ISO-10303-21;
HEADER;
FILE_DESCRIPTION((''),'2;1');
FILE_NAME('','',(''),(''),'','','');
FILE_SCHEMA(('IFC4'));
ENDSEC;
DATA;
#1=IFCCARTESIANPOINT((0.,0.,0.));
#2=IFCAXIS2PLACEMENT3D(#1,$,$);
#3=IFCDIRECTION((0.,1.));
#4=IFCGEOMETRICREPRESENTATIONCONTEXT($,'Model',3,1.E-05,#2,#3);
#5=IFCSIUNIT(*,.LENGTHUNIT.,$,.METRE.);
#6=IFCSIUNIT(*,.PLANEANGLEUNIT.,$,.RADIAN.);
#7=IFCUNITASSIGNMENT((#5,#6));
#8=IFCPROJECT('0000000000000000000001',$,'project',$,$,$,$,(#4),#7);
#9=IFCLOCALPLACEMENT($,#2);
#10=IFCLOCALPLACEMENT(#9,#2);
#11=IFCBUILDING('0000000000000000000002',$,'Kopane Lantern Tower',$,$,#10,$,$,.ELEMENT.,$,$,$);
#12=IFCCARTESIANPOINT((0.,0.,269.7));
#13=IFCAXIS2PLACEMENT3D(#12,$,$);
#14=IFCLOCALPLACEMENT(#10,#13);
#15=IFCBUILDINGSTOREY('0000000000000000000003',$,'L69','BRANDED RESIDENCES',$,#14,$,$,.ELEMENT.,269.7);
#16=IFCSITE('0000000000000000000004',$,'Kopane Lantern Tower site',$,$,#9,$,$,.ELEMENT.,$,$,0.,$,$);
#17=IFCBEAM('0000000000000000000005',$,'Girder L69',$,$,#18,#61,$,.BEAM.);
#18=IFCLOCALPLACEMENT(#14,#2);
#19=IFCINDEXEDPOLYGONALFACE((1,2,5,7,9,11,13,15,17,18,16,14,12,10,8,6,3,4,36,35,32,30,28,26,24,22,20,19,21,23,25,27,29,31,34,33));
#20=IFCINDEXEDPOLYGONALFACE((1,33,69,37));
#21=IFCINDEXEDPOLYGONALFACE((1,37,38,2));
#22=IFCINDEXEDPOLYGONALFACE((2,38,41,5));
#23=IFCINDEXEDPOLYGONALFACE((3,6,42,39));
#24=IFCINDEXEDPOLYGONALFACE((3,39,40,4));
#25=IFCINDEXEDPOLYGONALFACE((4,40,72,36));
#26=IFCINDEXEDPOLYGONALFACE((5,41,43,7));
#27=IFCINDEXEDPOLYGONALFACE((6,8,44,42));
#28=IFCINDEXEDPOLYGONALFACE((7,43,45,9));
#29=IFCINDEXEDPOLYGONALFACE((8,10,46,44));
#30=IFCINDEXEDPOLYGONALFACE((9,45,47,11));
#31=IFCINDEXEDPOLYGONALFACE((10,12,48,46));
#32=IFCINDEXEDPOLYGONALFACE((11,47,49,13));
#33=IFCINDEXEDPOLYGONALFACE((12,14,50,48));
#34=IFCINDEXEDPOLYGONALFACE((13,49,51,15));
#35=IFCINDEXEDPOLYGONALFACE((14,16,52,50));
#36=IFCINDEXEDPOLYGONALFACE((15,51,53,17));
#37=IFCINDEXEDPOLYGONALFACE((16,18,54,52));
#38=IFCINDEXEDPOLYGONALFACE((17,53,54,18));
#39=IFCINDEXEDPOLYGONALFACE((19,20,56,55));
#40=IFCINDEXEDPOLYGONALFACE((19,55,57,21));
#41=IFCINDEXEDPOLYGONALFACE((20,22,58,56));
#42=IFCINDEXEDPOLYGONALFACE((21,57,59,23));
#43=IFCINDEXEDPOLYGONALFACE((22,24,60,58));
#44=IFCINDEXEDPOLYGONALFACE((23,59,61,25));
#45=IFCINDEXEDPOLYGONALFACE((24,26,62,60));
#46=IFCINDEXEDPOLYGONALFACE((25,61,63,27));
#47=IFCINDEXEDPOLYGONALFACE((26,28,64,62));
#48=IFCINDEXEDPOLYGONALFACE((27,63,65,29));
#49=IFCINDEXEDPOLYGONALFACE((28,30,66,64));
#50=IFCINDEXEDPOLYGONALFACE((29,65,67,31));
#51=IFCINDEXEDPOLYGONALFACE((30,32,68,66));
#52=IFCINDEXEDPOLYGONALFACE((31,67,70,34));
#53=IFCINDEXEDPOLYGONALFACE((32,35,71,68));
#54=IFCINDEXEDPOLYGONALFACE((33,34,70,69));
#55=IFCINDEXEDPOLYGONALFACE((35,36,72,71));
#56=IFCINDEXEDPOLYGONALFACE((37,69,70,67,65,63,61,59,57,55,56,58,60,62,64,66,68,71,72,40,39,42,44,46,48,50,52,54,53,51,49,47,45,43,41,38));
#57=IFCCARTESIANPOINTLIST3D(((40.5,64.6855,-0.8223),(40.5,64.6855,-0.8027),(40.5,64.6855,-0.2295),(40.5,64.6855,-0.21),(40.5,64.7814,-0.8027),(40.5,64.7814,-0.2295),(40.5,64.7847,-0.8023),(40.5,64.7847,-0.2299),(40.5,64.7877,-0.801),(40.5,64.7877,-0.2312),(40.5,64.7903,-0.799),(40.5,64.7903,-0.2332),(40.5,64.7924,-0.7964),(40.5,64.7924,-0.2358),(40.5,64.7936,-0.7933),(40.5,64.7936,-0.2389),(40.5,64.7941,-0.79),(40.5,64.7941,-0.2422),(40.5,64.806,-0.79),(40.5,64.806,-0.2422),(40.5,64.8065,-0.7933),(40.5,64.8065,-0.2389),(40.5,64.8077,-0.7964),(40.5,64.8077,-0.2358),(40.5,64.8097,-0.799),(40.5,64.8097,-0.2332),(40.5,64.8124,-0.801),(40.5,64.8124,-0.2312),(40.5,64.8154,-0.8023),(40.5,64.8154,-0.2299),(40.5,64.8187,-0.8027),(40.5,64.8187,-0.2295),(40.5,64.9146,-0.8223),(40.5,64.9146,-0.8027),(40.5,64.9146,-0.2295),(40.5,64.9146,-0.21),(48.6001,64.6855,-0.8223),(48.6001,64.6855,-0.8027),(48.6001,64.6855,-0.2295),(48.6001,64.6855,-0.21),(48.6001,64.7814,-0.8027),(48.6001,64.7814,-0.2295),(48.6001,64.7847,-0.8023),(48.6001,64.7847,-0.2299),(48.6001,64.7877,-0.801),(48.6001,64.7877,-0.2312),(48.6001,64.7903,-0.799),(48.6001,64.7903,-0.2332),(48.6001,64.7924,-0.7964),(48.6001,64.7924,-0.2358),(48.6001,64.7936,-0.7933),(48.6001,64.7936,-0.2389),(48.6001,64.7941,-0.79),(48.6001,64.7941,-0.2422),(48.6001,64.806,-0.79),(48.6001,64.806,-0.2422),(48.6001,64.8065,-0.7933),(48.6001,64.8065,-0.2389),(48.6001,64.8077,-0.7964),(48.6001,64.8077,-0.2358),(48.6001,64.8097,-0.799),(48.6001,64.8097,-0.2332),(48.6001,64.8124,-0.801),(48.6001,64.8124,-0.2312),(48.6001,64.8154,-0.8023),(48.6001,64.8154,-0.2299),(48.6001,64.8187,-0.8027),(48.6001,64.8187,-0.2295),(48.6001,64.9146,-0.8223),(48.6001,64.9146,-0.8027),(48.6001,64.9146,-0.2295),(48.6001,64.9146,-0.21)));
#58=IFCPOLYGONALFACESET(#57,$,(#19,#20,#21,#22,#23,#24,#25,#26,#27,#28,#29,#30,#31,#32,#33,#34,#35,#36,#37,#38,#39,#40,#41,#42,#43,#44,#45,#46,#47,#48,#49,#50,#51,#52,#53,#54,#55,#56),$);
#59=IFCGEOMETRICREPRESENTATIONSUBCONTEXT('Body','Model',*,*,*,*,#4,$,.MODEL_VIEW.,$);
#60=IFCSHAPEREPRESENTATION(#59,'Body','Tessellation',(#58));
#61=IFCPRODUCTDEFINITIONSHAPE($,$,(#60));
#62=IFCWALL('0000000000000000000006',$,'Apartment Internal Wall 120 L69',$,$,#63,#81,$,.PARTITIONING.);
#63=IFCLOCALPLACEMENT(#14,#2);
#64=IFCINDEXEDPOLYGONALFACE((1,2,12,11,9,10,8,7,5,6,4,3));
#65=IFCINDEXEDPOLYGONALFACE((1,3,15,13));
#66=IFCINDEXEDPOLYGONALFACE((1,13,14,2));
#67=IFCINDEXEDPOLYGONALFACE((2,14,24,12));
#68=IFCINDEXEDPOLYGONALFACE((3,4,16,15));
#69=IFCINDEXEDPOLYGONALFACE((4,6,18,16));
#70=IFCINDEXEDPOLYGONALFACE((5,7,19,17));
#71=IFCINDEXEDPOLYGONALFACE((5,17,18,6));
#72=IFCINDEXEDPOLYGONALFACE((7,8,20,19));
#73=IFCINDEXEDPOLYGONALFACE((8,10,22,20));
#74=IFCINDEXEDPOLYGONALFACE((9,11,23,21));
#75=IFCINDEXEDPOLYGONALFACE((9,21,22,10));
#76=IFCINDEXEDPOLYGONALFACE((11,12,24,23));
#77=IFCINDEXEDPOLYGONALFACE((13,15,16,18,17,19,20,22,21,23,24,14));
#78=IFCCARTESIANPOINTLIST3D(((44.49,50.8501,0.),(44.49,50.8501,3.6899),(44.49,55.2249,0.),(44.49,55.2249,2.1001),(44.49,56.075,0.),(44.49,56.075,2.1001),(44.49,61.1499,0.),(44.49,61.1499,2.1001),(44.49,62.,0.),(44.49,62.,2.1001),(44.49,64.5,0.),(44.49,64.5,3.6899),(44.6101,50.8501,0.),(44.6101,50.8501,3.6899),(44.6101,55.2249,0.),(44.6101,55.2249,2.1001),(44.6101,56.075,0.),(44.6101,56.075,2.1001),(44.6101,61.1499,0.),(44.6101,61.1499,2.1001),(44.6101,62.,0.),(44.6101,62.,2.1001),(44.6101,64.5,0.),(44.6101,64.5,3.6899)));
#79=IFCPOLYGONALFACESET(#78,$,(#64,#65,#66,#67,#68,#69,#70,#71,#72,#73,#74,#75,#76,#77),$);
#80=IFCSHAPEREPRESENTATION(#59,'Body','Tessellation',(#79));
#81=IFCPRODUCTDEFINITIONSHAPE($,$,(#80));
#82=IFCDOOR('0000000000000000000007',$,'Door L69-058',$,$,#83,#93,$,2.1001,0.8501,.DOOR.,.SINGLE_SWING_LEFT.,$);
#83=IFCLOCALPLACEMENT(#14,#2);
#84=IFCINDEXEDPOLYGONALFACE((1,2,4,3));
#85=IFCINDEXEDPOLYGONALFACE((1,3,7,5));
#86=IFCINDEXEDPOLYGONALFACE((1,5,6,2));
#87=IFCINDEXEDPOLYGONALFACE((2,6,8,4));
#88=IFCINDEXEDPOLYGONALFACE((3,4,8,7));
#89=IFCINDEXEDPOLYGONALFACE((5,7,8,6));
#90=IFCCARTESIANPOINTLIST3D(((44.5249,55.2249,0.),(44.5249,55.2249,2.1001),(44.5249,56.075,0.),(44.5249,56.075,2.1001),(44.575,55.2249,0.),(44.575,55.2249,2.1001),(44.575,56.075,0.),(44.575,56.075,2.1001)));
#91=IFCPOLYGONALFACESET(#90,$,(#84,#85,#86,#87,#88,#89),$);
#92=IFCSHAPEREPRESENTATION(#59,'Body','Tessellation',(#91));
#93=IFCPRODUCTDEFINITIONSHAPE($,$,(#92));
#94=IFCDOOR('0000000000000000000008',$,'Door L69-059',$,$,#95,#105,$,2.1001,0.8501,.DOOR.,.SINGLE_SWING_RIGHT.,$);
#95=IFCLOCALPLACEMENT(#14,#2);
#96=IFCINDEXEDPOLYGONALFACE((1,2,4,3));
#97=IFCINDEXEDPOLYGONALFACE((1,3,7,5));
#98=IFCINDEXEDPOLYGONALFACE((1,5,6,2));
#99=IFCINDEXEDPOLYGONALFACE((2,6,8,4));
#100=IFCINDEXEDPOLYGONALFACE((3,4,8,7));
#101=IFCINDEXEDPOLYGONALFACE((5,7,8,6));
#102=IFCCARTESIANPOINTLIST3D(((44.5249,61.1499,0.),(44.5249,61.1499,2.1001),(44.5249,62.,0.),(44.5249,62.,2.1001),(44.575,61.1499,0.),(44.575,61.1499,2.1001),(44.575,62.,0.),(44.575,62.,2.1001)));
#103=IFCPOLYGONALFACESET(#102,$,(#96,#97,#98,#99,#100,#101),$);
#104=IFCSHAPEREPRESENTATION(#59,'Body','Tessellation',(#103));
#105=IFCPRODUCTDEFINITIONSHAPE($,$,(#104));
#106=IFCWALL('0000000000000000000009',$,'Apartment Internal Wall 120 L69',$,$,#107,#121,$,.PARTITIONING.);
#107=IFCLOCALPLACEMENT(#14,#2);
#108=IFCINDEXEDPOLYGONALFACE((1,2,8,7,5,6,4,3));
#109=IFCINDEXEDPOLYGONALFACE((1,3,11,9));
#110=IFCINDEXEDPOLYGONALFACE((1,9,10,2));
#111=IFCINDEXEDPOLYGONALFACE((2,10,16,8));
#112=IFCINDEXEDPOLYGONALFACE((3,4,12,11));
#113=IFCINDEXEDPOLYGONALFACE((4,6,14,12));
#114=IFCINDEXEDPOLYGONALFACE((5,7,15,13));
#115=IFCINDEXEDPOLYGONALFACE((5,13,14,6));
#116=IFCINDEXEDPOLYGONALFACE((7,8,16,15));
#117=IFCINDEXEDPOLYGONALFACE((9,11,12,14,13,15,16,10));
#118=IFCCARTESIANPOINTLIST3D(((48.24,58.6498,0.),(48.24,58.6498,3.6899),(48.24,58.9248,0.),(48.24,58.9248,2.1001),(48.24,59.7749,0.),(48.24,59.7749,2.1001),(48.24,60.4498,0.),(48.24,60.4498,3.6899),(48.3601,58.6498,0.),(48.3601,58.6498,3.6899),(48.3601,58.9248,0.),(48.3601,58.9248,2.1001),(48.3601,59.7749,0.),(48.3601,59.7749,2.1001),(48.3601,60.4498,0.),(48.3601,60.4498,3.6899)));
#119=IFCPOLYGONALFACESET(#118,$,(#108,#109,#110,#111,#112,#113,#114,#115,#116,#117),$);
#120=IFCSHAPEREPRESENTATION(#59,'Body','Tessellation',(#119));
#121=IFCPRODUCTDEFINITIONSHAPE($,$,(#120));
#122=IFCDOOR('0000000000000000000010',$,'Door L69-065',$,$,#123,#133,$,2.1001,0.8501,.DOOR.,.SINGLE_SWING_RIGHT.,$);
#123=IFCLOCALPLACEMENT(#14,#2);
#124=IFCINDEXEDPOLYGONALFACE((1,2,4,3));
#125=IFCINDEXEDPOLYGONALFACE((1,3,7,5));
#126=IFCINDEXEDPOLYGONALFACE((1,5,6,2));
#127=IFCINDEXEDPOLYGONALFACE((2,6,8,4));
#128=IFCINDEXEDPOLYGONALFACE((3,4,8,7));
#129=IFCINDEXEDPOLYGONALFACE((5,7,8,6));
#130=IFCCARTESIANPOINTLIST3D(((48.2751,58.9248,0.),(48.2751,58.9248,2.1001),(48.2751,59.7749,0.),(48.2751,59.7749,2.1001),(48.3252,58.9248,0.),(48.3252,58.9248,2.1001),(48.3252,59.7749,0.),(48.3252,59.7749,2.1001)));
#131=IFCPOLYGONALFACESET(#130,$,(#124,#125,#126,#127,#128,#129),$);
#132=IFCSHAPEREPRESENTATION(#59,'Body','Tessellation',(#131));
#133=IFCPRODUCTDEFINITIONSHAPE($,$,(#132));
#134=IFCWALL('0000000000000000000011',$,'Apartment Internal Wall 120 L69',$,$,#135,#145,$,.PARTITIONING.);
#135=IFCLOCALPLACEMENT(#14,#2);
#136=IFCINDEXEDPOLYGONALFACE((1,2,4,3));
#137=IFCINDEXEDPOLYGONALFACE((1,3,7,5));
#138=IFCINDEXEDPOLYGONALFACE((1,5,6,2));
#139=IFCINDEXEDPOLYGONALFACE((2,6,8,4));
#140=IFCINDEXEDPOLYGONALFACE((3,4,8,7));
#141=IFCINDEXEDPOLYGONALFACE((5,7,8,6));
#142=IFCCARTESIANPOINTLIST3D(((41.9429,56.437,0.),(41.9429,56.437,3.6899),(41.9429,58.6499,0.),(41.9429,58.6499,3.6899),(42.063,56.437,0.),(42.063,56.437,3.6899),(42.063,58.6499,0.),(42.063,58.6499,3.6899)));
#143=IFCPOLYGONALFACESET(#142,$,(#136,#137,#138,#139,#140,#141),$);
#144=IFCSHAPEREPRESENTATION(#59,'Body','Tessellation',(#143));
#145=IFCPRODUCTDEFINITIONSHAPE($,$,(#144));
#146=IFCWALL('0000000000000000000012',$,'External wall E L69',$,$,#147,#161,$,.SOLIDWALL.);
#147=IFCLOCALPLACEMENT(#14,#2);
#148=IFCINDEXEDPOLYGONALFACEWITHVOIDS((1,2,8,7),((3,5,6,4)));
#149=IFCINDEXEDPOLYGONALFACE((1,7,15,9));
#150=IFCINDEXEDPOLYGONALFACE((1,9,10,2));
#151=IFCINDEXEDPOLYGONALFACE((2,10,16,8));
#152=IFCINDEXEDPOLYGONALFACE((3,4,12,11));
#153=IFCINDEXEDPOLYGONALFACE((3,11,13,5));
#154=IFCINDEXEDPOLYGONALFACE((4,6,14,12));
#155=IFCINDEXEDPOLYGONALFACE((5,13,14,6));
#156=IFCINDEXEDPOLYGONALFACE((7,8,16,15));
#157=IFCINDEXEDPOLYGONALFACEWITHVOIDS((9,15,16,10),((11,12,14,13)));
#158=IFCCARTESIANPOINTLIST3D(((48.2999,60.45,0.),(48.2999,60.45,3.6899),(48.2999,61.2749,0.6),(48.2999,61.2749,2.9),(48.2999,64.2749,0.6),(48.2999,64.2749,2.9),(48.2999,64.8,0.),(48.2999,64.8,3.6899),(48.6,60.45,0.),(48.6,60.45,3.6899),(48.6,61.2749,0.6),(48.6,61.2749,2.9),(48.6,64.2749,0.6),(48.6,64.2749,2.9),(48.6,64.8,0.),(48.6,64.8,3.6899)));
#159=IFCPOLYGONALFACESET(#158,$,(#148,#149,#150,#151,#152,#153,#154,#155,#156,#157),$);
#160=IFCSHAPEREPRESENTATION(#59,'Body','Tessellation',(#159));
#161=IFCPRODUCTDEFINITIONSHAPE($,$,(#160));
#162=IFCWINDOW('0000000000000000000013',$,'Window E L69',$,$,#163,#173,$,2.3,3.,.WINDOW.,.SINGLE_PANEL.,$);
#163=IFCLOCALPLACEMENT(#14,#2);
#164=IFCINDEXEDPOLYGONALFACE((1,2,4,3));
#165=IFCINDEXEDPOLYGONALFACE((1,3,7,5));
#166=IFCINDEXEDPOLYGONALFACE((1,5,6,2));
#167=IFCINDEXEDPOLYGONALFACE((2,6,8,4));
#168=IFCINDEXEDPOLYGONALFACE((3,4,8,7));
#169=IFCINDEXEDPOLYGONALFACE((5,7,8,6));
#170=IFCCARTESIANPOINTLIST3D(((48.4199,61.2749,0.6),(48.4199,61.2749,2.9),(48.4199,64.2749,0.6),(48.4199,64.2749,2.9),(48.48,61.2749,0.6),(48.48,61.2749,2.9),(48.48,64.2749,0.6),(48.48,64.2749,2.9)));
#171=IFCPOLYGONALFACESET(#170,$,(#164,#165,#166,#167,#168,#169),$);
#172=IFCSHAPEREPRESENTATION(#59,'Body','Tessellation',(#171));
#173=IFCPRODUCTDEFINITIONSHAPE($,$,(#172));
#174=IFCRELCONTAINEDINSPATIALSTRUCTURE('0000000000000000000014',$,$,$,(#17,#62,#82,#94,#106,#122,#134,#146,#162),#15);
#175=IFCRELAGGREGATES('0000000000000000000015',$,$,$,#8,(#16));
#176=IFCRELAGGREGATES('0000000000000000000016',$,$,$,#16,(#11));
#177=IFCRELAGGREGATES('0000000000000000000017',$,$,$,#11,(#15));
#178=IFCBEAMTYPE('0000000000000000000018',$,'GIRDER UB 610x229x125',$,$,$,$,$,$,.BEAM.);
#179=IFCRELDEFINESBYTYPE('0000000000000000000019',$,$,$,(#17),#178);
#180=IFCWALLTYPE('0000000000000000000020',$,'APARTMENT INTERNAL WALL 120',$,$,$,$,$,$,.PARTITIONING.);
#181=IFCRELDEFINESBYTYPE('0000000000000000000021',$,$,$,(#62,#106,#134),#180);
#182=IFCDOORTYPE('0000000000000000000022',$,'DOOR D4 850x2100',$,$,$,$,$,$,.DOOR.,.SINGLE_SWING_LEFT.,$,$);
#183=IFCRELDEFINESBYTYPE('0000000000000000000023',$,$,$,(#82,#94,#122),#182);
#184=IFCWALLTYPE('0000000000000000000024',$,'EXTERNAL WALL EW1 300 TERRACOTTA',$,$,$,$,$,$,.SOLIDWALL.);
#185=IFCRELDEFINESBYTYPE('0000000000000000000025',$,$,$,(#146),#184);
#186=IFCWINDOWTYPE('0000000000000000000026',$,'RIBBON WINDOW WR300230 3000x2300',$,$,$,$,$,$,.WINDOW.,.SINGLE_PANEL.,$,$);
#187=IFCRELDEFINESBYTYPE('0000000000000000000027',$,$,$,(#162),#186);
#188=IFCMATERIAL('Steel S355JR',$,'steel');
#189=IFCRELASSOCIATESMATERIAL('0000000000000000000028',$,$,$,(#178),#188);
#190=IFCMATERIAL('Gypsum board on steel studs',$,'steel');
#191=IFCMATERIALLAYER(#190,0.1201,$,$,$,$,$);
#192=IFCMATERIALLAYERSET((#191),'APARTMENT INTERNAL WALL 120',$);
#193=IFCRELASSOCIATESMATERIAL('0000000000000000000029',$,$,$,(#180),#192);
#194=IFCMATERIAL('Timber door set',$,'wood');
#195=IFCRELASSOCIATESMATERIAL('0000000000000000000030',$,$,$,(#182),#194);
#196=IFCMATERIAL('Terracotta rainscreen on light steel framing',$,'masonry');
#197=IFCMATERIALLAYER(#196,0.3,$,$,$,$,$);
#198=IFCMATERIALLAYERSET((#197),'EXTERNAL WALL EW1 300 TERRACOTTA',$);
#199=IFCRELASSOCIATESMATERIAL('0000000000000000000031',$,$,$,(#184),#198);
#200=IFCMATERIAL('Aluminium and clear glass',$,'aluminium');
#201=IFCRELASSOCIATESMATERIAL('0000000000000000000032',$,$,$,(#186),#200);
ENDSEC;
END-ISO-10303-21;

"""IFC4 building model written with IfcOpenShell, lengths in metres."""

from ifc_helpers import new_model, si_unit, direction, frame, frame_2d, origin, origin_2d, place, context, subcontext, project, spatial, rectangle, i_section, extrude, material, layer, layer_set, material_profile, profile_set, type_object, element, fill, save


model = new_model("IFC4")

# Units and contexts
model_context = context("Model", 3, precision=1e-05, world=origin(), true_north=direction((0.0, 1.0)))
body_context = subcontext(model_context, "Body", "Model", "MODEL_VIEW")
ifc_project = project(units=[si_unit("LENGTHUNIT", "METRE"), si_unit("PLANEANGLEUNIT", "RADIAN")], contexts=[model_context])

# Site, building, storey
site_placement = place(None, origin())
site = spatial("IfcSite", under=ifc_project, at=site_placement, Name="Kopane Lantern Tower site", CompositionType="ELEMENT", RefElevation=0.0)
building_placement = place(site_placement, origin())
building = spatial("IfcBuilding", under=site, at=building_placement, Name="Kopane Lantern Tower", CompositionType="ELEMENT")
storey_placement = place(building_placement, frame((0.0, 0.0, 269.7)))
storey = spatial("IfcBuildingStorey", under=building, at=storey_placement, Name="L69", Description="BRANDED RESIDENCES", CompositionType="ELEMENT", Elevation=269.7)

# Beam
ifc_material_1 = material(Name="Steel S355JR", Category="steel")
ifc_material_profile_1 = material_profile(ifc_material_1, i_section(OverallWidth=0.229, OverallDepth=0.6123, WebThickness=0.012, FlangeThickness=0.0195, FilletRadius=0.0127, at=origin_2d()), Name="UB 610x229x125")
ifc_profile_set_1 = profile_set([ifc_material_profile_1], Name="Steel S355JR")
beam_type = type_object("IfcBeamType", Name="GIRDER UB 610x229x125", PredefinedType="BEAM", material=ifc_profile_set_1)
for number, where, z_axis, x_axis, name in (
    (1, (40.5, 64.8, -0.5161), (1.0, 0.0, 0.0), (0.0, 1.0, 0.0), "Girder L69"),
):
    element("IfcBeam", number, at=place(storey_placement, frame(where, z_axis=z_axis, x_axis=x_axis)), inside=storey, type_object=beam_type, Name=name, PredefinedType="BEAM", context=body_context, shape_type="SweptSolid", body=[
        extrude(i_section(OverallWidth=0.229, OverallDepth=0.6123, WebThickness=0.012, FlangeThickness=0.0195, FilletRadius=0.0127, at=origin_2d()), origin(), (0.0, 0.0, 1.0), 8.1001),
    ])

# Wall, openings, doors
ifc_material_2 = material(Name="Gypsum board on steel studs", Category="steel")
ifc_layer_1 = layer(ifc_material_2, 0.1201)
ifc_layer_set_1 = layer_set([ifc_layer_1], Name="APARTMENT INTERNAL WALL 120")
wall_type_1 = type_object("IfcWallType", Name="APARTMENT INTERNAL WALL 120", PredefinedType="PARTITIONING", material=ifc_layer_set_1)
wall_1_placement = place(storey_placement, frame((44.55, 64.5, 0.0), z_axis=(0.0, 0.0, 1.0), x_axis=(0.0, -1.0, 0.0)))
wall_1 = element("IfcWall", 2, at=wall_1_placement, inside=storey, type_object=wall_type_1, Name="Apartment Internal Wall 120 L69", PredefinedType="PARTITIONING", context=body_context, shape_type="SweptSolid", body=[
    extrude(rectangle(XDim=13.6499, YDim=0.1201, at=frame_2d((6.825, 0.0))), origin(), (0.0, 0.0, 1.0), 3.6899),
])
opening_1_placement = place(wall_1_placement, frame((8.425, 0.0, 0.0)))
opening_1 = element("IfcOpeningElement", 3, at=opening_1_placement, cuts=wall_1, PredefinedType="OPENING", context=body_context, shape_type="SweptSolid", body=[
    extrude(rectangle(XDim=0.8501, YDim=2.1001, at=frame_2d((0.425, 1.05))), frame((0.0, 0.0701, 0.0), z_axis=(0.0, -1.0, 0.0), x_axis=(1.0, 0.0, 0.0)), (0.0, 0.0, 1.0), 0.1401),
])
opening_2_placement = place(wall_1_placement, frame((2.5, 0.0, 0.0)))
opening_2 = element("IfcOpeningElement", 4, at=opening_2_placement, cuts=wall_1, PredefinedType="OPENING", context=body_context, shape_type="SweptSolid", body=[
    extrude(rectangle(XDim=0.8501, YDim=2.1001, at=frame_2d((0.425, 1.05))), frame((0.0, 0.0701, 0.0), z_axis=(0.0, -1.0, 0.0), x_axis=(1.0, 0.0, 0.0)), (0.0, 0.0, 1.0), 0.1401),
])
ifc_material_3 = material(Name="Timber door set", Category="wood")
door_type = type_object("IfcDoorType", Name="DOOR D4 850x2100", OperationType="SINGLE_SWING_LEFT", PredefinedType="DOOR", material=ifc_material_3)
door_1_placement = place(opening_1_placement, origin())
door_1 = element("IfcDoor", 5, at=door_1_placement, inside=storey, type_object=door_type, Name="Door L69-058", OperationType="SINGLE_SWING_LEFT", OverallHeight=2.1001, OverallWidth=0.8501, PredefinedType="DOOR", context=body_context, shape_type="SweptSolid", body=[
    extrude(rectangle(XDim=0.8501, YDim=2.1001, at=frame_2d((0.425, 1.05))), frame((0.0, 0.0249, 0.0), z_axis=(0.0, -1.0, 0.0), x_axis=(1.0, 0.0, 0.0)), (0.0, 0.0, 1.0), 0.05),
])
fill(opening_1, door_1)
door_2_placement = place(opening_2_placement, origin())
door_2 = element("IfcDoor", 6, at=door_2_placement, inside=storey, type_object=door_type, Name="Door L69-059", OperationType="SINGLE_SWING_RIGHT", OverallHeight=2.1001, OverallWidth=0.8501, PredefinedType="DOOR", context=body_context, shape_type="SweptSolid", body=[
    extrude(rectangle(XDim=0.8501, YDim=2.1001, at=frame_2d((0.425, 1.05))), frame((0.0, 0.0249, 0.0), z_axis=(0.0, -1.0, 0.0), x_axis=(1.0, 0.0, 0.0)), (0.0, 0.0, 1.0), 0.05),
])
fill(opening_2, door_2)

# Wall, opening, door
wall_2_placement = place(storey_placement, frame((48.3, 58.6499, 0.0), z_axis=(0.0, 0.0, 1.0), x_axis=(0.0, 1.0, 0.0)))
wall_2 = element("IfcWall", 7, at=wall_2_placement, inside=storey, type_object=wall_type_1, Name="Apartment Internal Wall 120 L69", PredefinedType="PARTITIONING", context=body_context, shape_type="SweptSolid", body=[
    extrude(rectangle(XDim=1.8, YDim=0.1201, at=frame_2d((0.8999, 0.0))), origin(), (0.0, 0.0, 1.0), 3.6899),
])
opening_3_placement = place(wall_2_placement, frame((0.2749, 0.0, 0.0)))
opening_3 = element("IfcOpeningElement", 8, at=opening_3_placement, cuts=wall_2, PredefinedType="OPENING", context=body_context, shape_type="SweptSolid", body=[
    extrude(rectangle(XDim=0.8501, YDim=2.1001, at=frame_2d((0.425, 1.05))), frame((0.0, 0.0701, 0.0), z_axis=(0.0, -1.0, 0.0), x_axis=(1.0, 0.0, 0.0)), (0.0, 0.0, 1.0), 0.1401),
])
door_3_placement = place(opening_3_placement, origin())
door_3 = element("IfcDoor", 9, at=door_3_placement, inside=storey, type_object=door_type, Name="Door L69-065", OperationType="SINGLE_SWING_RIGHT", OverallHeight=2.1001, OverallWidth=0.8501, PredefinedType="DOOR", context=body_context, shape_type="SweptSolid", body=[
    extrude(rectangle(XDim=0.8501, YDim=2.1001, at=frame_2d((0.425, 1.05))), frame((0.0, 0.0249, 0.0), z_axis=(0.0, -1.0, 0.0), x_axis=(1.0, 0.0, 0.0)), (0.0, 0.0, 1.0), 0.05),
])
fill(opening_3, door_3)

# Wall
wall_3_placement = place(storey_placement, frame((42.0029, 58.6499, 0.0), z_axis=(0.0, 0.0, 1.0), x_axis=(0.0, -1.0, 0.0)))
element("IfcWall", 10, at=wall_3_placement, inside=storey, type_object=wall_type_1, Name="Apartment Internal Wall 120 L69", PredefinedType="PARTITIONING", context=body_context, shape_type="SweptSolid", body=[
    extrude(rectangle(XDim=2.2129, YDim=0.1201, at=frame_2d((1.1064, 0.0))), origin(), (0.0, 0.0, 1.0), 3.6899),
])

# Wall, opening, window
ifc_material_4 = material(Name="Terracotta rainscreen on light steel framing", Category="masonry")
ifc_layer_2 = layer(ifc_material_4, 0.3)
ifc_layer_set_2 = layer_set([ifc_layer_2], Name="EXTERNAL WALL EW1 300 TERRACOTTA")
wall_type_2 = type_object("IfcWallType", Name="EXTERNAL WALL EW1 300 TERRACOTTA", PredefinedType="SOLIDWALL", material=ifc_layer_set_2)
wall_4_placement = place(storey_placement, frame((48.45, 60.45, 0.0), z_axis=(0.0, 0.0, 1.0), x_axis=(0.0, 1.0, 0.0)))
wall_4 = element("IfcWall", 11, at=wall_4_placement, inside=storey, type_object=wall_type_2, Name="External wall E L69", PredefinedType="SOLIDWALL", context=body_context, shape_type="SweptSolid", body=[
    extrude(rectangle(XDim=4.3501, YDim=0.3, at=frame_2d((2.175, 0.0))), origin(), (0.0, 0.0, 1.0), 3.6899),
])
opening_4_placement = place(wall_4_placement, frame((0.825, 0.0, 0.6001)))
opening_4 = element("IfcOpeningElement", 12, at=opening_4_placement, cuts=wall_4, PredefinedType="OPENING", context=body_context, shape_type="SweptSolid", body=[
    extrude(rectangle(XDim=3.0, YDim=2.3, at=frame_2d((1.5, 1.1499))), frame((0.0, 0.1599, 0.0), z_axis=(0.0, -1.0, 0.0), x_axis=(1.0, 0.0, 0.0)), (0.0, 0.0, 1.0), 0.3201),
])
ifc_material_5 = material(Name="Aluminium and clear glass", Category="aluminium")
window_type_1 = type_object("IfcWindowType", Name="RIBBON WINDOW WR300230 3000x2300", PartitioningType="SINGLE_PANEL", PredefinedType="WINDOW", material=ifc_material_5)
window_1_placement = place(opening_4_placement, origin())
window_1 = element("IfcWindow", 13, at=window_1_placement, inside=storey, type_object=window_type_1, Name="Window E L69", OverallHeight=2.3, OverallWidth=3.0, PartitioningType="SINGLE_PANEL", PredefinedType="WINDOW", context=body_context, shape_type="SweptSolid", body=[
    extrude(rectangle(XDim=3.0, YDim=2.3, at=frame_2d((1.5, 1.1499))), frame((0.0, 0.03, 0.0), z_axis=(0.0, -1.0, 0.0), x_axis=(1.0, 0.0, 0.0)), (0.0, 0.0, 1.0), 0.0601),
])
fill(opening_4, window_1)

save(model, "model.ifc")
